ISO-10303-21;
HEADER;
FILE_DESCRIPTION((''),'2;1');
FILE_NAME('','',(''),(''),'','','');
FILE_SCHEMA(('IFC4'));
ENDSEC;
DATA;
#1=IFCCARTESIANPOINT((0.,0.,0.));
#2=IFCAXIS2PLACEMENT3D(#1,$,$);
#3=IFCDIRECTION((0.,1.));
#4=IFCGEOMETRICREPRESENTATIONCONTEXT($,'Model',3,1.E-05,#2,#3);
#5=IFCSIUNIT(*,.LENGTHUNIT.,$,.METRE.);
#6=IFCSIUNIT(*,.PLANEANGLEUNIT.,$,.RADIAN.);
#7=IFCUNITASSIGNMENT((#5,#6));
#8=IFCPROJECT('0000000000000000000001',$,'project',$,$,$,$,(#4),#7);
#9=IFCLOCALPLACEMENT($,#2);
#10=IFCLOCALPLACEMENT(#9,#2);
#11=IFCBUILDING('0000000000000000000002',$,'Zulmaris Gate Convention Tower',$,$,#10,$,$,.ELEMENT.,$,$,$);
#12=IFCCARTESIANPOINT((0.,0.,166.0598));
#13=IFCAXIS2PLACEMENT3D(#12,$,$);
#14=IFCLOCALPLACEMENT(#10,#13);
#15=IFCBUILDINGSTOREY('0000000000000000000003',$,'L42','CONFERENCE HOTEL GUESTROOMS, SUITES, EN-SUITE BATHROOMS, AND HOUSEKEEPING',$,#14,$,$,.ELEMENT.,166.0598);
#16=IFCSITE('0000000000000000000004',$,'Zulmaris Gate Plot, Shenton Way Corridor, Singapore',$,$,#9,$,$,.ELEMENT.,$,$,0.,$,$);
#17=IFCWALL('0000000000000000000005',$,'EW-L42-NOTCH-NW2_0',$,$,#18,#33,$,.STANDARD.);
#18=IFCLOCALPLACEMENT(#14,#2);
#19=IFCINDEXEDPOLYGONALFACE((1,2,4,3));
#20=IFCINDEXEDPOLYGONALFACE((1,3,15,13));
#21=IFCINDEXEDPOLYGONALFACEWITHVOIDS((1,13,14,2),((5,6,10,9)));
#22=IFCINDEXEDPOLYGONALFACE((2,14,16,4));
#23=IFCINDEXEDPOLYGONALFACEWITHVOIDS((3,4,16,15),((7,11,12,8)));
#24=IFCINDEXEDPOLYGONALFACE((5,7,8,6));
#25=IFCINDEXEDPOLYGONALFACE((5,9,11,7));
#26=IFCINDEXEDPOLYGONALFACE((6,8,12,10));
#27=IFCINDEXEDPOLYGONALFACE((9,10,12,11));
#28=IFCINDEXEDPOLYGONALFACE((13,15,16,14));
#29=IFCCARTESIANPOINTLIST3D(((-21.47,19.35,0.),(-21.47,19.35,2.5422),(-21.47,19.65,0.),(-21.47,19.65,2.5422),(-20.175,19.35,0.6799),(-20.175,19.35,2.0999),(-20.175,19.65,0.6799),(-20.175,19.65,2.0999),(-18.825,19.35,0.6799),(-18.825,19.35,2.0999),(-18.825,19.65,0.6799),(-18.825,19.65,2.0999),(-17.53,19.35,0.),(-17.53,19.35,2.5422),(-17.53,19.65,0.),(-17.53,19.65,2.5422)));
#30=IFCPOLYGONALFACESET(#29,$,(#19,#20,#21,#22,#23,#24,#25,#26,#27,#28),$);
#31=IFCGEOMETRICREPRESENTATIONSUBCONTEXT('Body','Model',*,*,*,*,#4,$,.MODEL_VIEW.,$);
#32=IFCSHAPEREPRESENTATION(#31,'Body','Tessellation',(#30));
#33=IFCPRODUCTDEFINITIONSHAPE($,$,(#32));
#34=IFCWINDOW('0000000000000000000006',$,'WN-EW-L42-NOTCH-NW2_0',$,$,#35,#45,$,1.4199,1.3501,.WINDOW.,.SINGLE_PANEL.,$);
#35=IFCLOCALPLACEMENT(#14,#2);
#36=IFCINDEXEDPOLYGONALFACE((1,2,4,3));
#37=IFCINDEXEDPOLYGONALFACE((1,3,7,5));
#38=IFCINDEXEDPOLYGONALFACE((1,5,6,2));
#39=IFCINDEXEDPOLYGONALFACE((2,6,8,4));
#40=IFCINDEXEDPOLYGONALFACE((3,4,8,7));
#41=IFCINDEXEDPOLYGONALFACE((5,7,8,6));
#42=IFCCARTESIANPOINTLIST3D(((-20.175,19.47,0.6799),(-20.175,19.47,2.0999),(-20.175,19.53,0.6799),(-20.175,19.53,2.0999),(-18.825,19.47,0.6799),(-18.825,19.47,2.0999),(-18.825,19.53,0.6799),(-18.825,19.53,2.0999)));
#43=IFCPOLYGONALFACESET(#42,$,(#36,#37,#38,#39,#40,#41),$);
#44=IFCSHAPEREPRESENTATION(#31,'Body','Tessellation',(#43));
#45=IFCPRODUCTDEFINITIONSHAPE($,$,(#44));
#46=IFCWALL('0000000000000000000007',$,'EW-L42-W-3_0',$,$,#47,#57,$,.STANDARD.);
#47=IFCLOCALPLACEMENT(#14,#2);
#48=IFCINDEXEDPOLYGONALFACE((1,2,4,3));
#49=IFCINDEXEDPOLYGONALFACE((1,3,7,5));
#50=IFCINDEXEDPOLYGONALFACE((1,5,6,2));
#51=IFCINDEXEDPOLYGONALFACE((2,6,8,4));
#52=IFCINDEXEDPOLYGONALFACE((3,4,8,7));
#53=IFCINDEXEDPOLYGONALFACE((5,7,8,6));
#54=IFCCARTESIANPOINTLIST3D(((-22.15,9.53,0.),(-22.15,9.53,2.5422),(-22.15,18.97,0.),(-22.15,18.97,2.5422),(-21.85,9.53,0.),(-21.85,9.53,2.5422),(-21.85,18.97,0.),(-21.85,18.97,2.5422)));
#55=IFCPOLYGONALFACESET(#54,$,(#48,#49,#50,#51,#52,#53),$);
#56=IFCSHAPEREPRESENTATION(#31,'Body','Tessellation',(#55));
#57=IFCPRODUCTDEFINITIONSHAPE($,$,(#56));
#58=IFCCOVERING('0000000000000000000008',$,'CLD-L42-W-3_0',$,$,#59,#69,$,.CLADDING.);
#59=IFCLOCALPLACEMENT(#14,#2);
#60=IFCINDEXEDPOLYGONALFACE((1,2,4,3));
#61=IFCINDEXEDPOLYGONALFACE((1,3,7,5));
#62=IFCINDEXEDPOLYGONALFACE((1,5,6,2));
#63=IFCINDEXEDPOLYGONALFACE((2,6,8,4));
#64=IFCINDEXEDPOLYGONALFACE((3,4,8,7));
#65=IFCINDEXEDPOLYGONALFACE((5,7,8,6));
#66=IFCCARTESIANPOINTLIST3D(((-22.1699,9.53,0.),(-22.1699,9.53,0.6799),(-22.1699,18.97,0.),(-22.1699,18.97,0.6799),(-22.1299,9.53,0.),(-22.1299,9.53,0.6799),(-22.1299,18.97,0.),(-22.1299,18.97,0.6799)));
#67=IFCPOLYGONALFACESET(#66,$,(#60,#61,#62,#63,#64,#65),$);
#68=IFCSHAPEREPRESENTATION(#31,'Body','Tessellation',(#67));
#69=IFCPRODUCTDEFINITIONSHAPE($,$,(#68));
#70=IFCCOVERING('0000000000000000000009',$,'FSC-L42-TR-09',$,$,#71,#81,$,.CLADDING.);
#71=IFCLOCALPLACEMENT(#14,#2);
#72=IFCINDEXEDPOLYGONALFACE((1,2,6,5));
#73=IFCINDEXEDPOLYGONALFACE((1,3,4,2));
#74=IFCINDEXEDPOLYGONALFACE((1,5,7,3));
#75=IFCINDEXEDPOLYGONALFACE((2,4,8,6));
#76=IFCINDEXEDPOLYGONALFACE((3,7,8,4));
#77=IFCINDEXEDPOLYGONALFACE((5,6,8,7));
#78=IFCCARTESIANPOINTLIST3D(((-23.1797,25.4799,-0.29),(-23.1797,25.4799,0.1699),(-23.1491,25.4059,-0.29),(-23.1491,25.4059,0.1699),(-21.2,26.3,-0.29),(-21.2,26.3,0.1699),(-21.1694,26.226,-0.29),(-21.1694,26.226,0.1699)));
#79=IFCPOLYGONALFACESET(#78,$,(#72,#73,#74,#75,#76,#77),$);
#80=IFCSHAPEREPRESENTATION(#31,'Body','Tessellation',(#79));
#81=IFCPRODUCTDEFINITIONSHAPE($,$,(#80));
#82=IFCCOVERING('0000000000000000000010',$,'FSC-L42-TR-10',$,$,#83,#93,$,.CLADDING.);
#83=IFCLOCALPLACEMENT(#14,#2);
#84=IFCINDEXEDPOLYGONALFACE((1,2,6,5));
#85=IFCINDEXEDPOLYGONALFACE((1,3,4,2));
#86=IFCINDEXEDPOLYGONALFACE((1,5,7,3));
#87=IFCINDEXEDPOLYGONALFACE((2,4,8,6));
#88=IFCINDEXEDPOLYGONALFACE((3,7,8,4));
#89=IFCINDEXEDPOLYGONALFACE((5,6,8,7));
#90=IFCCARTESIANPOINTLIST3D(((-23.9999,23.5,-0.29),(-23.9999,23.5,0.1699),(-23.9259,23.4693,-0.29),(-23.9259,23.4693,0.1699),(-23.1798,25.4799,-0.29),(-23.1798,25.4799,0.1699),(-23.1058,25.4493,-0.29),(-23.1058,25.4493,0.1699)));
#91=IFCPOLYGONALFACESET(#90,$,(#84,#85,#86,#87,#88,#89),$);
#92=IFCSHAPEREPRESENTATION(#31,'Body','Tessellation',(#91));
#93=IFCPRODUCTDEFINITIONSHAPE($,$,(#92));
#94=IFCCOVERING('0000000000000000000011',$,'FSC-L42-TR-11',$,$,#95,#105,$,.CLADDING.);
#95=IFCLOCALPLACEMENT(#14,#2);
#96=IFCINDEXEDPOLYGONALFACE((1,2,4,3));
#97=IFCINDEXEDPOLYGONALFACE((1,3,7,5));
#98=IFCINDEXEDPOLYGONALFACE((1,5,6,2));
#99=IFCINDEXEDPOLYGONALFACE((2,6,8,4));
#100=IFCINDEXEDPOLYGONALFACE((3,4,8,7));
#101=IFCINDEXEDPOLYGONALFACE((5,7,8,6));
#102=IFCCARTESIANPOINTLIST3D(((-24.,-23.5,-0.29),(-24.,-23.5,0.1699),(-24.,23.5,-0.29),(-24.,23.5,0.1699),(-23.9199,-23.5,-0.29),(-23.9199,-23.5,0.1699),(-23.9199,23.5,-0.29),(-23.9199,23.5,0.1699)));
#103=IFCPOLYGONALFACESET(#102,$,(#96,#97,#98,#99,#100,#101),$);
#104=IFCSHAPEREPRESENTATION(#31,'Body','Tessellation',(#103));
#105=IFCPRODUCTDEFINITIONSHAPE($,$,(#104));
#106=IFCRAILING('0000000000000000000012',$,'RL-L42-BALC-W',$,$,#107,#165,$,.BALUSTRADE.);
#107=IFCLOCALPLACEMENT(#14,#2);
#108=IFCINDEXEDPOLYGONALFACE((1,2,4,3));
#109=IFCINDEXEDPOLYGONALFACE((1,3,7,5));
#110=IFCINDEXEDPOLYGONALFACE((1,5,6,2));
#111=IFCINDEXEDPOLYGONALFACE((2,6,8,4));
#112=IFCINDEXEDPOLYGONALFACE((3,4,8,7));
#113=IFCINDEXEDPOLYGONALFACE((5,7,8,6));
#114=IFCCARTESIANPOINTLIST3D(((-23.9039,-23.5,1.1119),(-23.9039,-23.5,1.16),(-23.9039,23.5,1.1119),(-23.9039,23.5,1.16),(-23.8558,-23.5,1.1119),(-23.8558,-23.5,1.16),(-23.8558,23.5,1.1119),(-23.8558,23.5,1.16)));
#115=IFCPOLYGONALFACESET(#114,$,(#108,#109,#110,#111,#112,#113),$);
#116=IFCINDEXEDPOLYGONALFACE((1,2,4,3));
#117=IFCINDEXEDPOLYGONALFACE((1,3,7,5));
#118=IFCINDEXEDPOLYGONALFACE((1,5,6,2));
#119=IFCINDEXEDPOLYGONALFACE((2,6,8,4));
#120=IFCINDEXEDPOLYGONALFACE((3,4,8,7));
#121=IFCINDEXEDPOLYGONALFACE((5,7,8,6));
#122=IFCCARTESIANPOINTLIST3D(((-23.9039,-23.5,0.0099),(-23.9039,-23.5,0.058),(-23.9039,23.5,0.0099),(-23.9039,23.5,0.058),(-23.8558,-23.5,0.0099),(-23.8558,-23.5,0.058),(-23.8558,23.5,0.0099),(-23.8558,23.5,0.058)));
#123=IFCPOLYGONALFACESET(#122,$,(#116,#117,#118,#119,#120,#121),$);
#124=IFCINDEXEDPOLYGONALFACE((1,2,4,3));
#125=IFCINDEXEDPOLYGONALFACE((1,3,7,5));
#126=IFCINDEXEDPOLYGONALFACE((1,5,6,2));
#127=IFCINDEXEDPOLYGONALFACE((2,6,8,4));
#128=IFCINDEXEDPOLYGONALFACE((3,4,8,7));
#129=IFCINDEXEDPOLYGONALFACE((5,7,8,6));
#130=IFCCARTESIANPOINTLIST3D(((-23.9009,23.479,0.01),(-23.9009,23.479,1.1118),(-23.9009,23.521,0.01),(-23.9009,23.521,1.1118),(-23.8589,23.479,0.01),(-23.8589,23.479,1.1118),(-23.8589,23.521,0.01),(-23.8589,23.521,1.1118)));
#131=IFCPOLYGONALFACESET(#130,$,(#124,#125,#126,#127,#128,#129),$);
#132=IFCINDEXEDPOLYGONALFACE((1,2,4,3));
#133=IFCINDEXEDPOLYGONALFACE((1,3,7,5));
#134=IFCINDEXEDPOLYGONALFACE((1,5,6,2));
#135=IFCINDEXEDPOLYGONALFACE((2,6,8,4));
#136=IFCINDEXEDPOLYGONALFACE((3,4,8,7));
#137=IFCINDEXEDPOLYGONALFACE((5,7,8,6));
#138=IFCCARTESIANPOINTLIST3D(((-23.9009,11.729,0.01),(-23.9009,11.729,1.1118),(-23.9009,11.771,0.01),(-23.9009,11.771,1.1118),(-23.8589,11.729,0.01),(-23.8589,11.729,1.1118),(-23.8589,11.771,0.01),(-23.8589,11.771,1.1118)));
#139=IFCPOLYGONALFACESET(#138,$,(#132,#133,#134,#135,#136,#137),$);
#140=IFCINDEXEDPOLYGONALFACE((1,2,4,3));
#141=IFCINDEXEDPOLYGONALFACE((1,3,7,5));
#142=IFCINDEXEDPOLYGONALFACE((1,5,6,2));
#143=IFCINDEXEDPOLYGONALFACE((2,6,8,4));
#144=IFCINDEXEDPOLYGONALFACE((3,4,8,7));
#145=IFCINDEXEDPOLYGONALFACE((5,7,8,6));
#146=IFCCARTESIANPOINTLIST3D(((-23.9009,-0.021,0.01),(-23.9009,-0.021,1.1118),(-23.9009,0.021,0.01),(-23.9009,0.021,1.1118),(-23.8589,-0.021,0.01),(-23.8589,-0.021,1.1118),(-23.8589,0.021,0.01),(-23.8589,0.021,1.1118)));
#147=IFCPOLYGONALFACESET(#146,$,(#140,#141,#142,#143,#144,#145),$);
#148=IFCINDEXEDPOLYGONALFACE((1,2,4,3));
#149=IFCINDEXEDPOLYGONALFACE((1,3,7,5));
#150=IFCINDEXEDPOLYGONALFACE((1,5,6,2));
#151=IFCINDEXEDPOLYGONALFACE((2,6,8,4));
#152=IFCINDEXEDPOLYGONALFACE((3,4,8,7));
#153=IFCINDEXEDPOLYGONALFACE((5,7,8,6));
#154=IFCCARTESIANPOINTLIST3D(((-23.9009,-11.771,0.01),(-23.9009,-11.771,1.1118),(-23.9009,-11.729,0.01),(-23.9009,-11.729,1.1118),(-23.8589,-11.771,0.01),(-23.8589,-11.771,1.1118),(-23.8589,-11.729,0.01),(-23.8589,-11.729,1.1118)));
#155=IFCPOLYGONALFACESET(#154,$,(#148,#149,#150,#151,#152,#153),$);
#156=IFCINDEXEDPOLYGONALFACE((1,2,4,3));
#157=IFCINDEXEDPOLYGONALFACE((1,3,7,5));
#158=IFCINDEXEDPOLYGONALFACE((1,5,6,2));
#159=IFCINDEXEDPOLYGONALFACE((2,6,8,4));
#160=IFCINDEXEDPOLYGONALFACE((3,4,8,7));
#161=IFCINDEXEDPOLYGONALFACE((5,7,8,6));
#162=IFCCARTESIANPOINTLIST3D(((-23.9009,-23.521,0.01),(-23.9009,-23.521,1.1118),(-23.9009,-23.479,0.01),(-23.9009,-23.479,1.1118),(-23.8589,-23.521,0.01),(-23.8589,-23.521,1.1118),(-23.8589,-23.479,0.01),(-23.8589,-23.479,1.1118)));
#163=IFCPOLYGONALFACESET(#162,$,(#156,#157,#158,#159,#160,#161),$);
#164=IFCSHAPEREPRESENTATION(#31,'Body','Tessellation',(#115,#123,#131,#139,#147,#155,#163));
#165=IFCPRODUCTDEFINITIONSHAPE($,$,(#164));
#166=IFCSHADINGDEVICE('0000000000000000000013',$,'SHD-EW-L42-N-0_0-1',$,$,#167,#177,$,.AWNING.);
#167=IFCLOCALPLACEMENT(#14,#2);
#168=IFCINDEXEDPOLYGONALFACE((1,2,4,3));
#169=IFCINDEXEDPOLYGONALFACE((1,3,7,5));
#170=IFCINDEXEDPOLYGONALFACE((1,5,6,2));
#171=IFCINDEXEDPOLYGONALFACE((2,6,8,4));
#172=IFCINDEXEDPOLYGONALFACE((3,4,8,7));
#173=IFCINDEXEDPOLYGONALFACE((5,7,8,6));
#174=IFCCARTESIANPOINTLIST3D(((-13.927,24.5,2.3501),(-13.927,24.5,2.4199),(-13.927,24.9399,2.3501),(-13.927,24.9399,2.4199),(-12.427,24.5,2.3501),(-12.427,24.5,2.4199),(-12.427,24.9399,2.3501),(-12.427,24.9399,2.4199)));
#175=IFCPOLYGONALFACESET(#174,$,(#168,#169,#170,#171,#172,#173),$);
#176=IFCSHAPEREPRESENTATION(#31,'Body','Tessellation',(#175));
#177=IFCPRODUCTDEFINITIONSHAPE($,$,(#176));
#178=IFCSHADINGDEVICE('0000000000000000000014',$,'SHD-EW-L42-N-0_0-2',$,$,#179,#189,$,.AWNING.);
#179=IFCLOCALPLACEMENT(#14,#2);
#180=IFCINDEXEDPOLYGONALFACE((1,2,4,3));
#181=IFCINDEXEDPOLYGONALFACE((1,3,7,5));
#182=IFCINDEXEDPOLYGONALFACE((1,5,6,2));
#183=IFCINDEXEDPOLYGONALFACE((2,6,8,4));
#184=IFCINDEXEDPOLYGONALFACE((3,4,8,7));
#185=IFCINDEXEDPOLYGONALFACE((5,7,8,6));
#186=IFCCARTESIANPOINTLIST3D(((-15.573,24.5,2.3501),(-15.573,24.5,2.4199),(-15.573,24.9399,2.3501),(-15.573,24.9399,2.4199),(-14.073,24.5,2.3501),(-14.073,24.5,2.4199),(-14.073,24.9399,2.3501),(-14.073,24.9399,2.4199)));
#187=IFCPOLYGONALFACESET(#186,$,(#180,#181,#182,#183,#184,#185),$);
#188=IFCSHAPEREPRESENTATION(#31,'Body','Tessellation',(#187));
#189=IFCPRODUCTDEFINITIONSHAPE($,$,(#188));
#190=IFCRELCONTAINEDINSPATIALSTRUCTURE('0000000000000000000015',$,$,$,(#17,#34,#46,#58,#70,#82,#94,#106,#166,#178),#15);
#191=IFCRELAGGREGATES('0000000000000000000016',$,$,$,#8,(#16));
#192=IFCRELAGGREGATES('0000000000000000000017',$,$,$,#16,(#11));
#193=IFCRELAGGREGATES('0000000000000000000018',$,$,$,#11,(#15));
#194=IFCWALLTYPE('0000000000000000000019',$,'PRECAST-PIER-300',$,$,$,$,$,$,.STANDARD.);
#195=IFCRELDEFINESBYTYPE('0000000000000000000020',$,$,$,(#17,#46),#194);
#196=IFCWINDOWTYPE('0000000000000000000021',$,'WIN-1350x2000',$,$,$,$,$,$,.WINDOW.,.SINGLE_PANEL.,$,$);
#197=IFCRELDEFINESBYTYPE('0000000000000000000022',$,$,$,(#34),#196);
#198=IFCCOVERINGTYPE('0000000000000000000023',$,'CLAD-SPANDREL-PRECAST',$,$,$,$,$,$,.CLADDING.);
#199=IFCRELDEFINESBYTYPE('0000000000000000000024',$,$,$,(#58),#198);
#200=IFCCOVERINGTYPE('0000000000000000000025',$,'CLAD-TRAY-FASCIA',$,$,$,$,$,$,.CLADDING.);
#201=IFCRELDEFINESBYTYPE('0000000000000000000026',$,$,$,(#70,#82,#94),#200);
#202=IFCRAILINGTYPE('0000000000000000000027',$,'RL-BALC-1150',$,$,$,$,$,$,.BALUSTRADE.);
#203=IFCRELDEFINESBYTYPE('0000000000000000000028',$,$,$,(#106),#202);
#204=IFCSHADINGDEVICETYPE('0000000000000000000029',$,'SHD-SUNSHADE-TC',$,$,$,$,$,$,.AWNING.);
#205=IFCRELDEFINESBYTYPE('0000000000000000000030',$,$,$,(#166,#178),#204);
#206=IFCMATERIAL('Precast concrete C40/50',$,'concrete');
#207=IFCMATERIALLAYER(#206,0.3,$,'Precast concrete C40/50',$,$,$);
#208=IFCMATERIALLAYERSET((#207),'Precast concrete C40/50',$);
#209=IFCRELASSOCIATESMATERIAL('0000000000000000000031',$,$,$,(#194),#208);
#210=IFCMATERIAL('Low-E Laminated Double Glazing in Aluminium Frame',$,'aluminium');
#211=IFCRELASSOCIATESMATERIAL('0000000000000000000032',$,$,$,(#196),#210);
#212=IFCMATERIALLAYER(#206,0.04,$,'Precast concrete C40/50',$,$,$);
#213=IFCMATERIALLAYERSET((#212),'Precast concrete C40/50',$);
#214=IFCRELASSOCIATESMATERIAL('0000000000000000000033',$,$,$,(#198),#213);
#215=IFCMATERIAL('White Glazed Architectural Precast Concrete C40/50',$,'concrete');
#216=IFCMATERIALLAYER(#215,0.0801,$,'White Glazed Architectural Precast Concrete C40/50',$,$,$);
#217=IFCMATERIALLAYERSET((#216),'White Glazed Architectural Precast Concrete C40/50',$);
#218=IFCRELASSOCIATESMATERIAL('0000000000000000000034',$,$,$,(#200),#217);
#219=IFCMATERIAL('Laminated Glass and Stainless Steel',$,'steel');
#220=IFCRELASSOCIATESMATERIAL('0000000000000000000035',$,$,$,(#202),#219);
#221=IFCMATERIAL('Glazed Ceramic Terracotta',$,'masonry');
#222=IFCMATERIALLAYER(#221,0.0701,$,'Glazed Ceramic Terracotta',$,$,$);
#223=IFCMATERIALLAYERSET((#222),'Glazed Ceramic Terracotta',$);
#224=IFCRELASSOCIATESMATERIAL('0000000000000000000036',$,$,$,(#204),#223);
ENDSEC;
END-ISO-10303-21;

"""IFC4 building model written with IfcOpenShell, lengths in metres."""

from ifc_helpers import new_model, si_unit, direction, frame, frame_2d, origin, origin_2d, place, context, subcontext, project, spatial, rectangle, extrude, material, layer, layer_set, type_object, element, fill, save


model = new_model("IFC4")

# Units and contexts
model_context = context("Model", 3, precision=1e-05, world=origin(), true_north=direction((0.0, 1.0)))
body_context = subcontext(model_context, "Body", "Model", "MODEL_VIEW")
ifc_project = project(units=[si_unit("LENGTHUNIT", "METRE"), si_unit("PLANEANGLEUNIT", "RADIAN")], contexts=[model_context])

# Site, building, storey
site_placement = place(None, origin())
site = spatial("IfcSite", under=ifc_project, at=site_placement, Name="Zulmaris Gate Plot, Shenton Way Corridor, Singapore", CompositionType="ELEMENT", RefElevation=0.0)
building_placement = place(site_placement, origin())
building = spatial("IfcBuilding", under=site, at=building_placement, Name="Zulmaris Gate Convention Tower", CompositionType="ELEMENT")
storey_placement = place(building_placement, frame((0.0, 0.0, 166.0598)))
storey = spatial("IfcBuildingStorey", under=building, at=storey_placement, Name="L42", Description="CONFERENCE HOTEL GUESTROOMS, SUITES, EN-SUITE BATHROOMS, AND HOUSEKEEPING", CompositionType="ELEMENT", Elevation=166.0598)

# Wall, opening, window
ifc_material_1 = material(Name="Precast concrete C40/50", Category="concrete")
ifc_layer_1 = layer(ifc_material_1, 0.3, Name="Precast concrete C40/50")
ifc_layer_set_1 = layer_set([ifc_layer_1], Name="Precast concrete C40/50")
wall_type_1 = type_object("IfcWallType", Name="PRECAST-PIER-300", PredefinedType="STANDARD", material=ifc_layer_set_1)
ifc_material_2 = material(Name="Low-E Laminated Double Glazing in Aluminium Frame", Category="aluminium")
window_type = type_object("IfcWindowType", Name="WIN-1350x2000", PartitioningType="SINGLE_PANEL", PredefinedType="WINDOW", material=ifc_material_2)
wall_1_placement = place(storey_placement, frame((-17.53, 19.5, 0.0), z_axis=(0.0, 0.0, 1.0), x_axis=(-1.0, 0.0, 0.0)))
wall_1 = element("IfcWall", 1, at=wall_1_placement, inside=storey, type_object=wall_type_1, Name="EW-L42-NOTCH-NW2_0", PredefinedType="STANDARD", context=body_context, shape_type="SweptSolid", body=[
    extrude(rectangle(XDim=3.9399, YDim=0.3, at=frame_2d((1.97, 0.0))), origin(), (0.0, 0.0, 1.0), 2.5422),
])
opening_1_placement = place(wall_1_placement, frame((1.2949, 0.0, 0.6799)))
opening_1 = element("IfcOpeningElement", 2, at=opening_1_placement, cuts=wall_1, PredefinedType="OPENING", context=body_context, shape_type="SweptSolid", body=[
    extrude(rectangle(XDim=1.3501, YDim=1.4199, at=frame_2d((0.675, 0.71))), frame((0.0, 0.1602, 0.0), z_axis=(0.0, -1.0, 0.0), x_axis=(1.0, 0.0, 0.0)), (0.0, 0.0, 1.0), 0.3201),
])
window_1_placement = place(opening_1_placement, origin())
window_1 = element("IfcWindow", 3, at=window_1_placement, inside=storey, type_object=window_type, Name="WN-EW-L42-NOTCH-NW2_0", OverallHeight=1.4199, OverallWidth=1.3501, PartitioningType="SINGLE_PANEL", PredefinedType="WINDOW", context=body_context, shape_type="SweptSolid", body=[
    extrude(rectangle(XDim=1.3501, YDim=1.4199, at=frame_2d((0.675, 0.71))), frame((0.0, 0.03, 0.0), z_axis=(0.0, -1.0, 0.0), x_axis=(1.0, 0.0, 0.0)), (0.0, 0.0, 1.0), 0.0601),
])
fill(opening_1, window_1)

# Wall
wall_2_placement = place(storey_placement, frame((-22.0, 18.97, 0.0), z_axis=(0.0, 0.0, 1.0), x_axis=(0.0, -1.0, 0.0)))
element("IfcWall", 4, at=wall_2_placement, inside=storey, type_object=wall_type_1, Name="EW-L42-W-3_0", PredefinedType="STANDARD", context=body_context, shape_type="SweptSolid", body=[
    extrude(rectangle(XDim=9.4399, YDim=0.3, at=frame_2d((4.72, 0.0))), origin(), (0.0, 0.0, 1.0), 2.5422),
])

# Coverings
ifc_layer_2 = layer(ifc_material_1, 0.04, Name="Precast concrete C40/50")
ifc_layer_set_2 = layer_set([ifc_layer_2], Name="Precast concrete C40/50")
covering_type_1 = type_object("IfcCoveringType", Name="CLAD-SPANDREL-PRECAST", PredefinedType="CLADDING", material=ifc_layer_set_2)
covering_1_placement = place(storey_placement, frame((-22.1499, 18.97, 0.0), z_axis=(0.0, 0.0, 1.0), x_axis=(0.0, -1.0, 0.0)))
element("IfcCovering", 5, at=covering_1_placement, inside=storey, type_object=covering_type_1, Name="CLD-L42-W-3_0", PredefinedType="CLADDING", context=body_context, shape_type="SweptSolid", body=[
    extrude(rectangle(XDim=9.4399, YDim=0.04, at=frame_2d((4.72, 0.0))), origin(), (0.0, 0.0, 1.0), 0.6799),
])
ifc_material_3 = material(Name="White Glazed Architectural Precast Concrete C40/50", Category="concrete")
ifc_layer_3 = layer(ifc_material_3, 0.0801, Name="White Glazed Architectural Precast Concrete C40/50")
ifc_layer_set_3 = layer_set([ifc_layer_3], Name="White Glazed Architectural Precast Concrete C40/50")
covering_type_2 = type_object("IfcCoveringType", Name="CLAD-TRAY-FASCIA", PredefinedType="CLADDING", material=ifc_layer_set_3)
covering_2_placement = place(storey_placement, frame((-21.1848, 26.2629, -0.29), z_axis=(0.0, 0.0, 1.0), x_axis=(-0.923874, -0.382697, 0.0)))
element("IfcCovering", 6, at=covering_2_placement, inside=storey, type_object=covering_type_2, Name="FSC-L42-TR-09", PredefinedType="CLADDING", context=body_context, shape_type="SweptSolid", body=[
    extrude(rectangle(XDim=2.1428, YDim=0.0801, at=frame_2d((1.0713, 0.0))), origin(), (0.0, 0.0, 1.0), 0.46),
])
covering_3_placement = place(storey_placement, frame((-23.1428, 25.4646, -0.29), z_axis=(0.0, 0.0, 1.0), x_axis=(-0.382657, -0.92389, 0.0)))
element("IfcCovering", 7, at=covering_3_placement, inside=storey, type_object=covering_type_2, Name="FSC-L42-TR-10", PredefinedType="CLADDING", context=body_context, shape_type="SweptSolid", body=[
    extrude(rectangle(XDim=2.1431, YDim=0.0801, at=frame_2d((1.0715, 0.0))), origin(), (0.0, 0.0, 1.0), 0.46),
])
covering_4_placement = place(storey_placement, frame((-23.96, 23.5, -0.29), z_axis=(0.0, 0.0, 1.0), x_axis=(0.0, -1.0, 0.0)))
element("IfcCovering", 8, at=covering_4_placement, inside=storey, type_object=covering_type_2, Name="FSC-L42-TR-11", PredefinedType="CLADDING", context=body_context, shape_type="SweptSolid", body=[
    extrude(rectangle(XDim=47.0, YDim=0.0801, at=frame_2d((23.5, 0.0))), origin(), (0.0, 0.0, 1.0), 0.46),
])

# Railing
ifc_material_4 = material(Name="Laminated Glass and Stainless Steel", Category="steel")
railing_type = type_object("IfcRailingType", Name="RL-BALC-1150", PredefinedType="BALUSTRADE", material=ifc_material_4)
railing_placement = place(storey_placement, frame((-23.8799, 23.5, 0.01)))
element("IfcRailing", 9, at=railing_placement, inside=storey, type_object=railing_type, Name="RL-L42-BALC-W", PredefinedType="BALUSTRADE", context=body_context, shape_type="SweptSolid", body=[
    extrude(rectangle(XDim=0.0481, YDim=0.0481, at=origin_2d()), frame((0.0, 0.0, 1.126), z_axis=(0.0, -1.0, 0.0), x_axis=(1.0, 0.0, 0.0)), (0.0, 0.0, 1.0), 47.0),
    extrude(rectangle(XDim=0.0481, YDim=0.0481, at=origin_2d()), frame((0.0, 0.0, 0.0239), z_axis=(0.0, -1.0, 0.0), x_axis=(1.0, 0.0, 0.0)), (0.0, 0.0, 1.0), 47.0),
    extrude(rectangle(XDim=0.042, YDim=0.042, at=origin_2d()), origin(), (0.0, 0.0, 1.0), 1.1018),
    extrude(rectangle(XDim=0.042, YDim=0.042, at=origin_2d()), frame((0.0, -11.75, 0.0)), (0.0, 0.0, 1.0), 1.1018),
    extrude(rectangle(XDim=0.042, YDim=0.042, at=origin_2d()), frame((0.0, -23.5, 0.0)), (0.0, 0.0, 1.0), 1.1018),
    extrude(rectangle(XDim=0.042, YDim=0.042, at=origin_2d()), frame((0.0, -35.25, 0.0)), (0.0, 0.0, 1.0), 1.1018),
    extrude(rectangle(XDim=0.042, YDim=0.042, at=origin_2d()), frame((0.0, -47.0, 0.0)), (0.0, 0.0, 1.0), 1.1018),
])

# Shading devices
ifc_material_5 = material(Name="Glazed Ceramic Terracotta", Category="masonry")
ifc_layer_4 = layer(ifc_material_5, 0.0701, Name="Glazed Ceramic Terracotta")
ifc_layer_set_4 = layer_set([ifc_layer_4], Name="Glazed Ceramic Terracotta")
shading_device_type = type_object("IfcShadingDeviceType", Name="SHD-SUNSHADE-TC", PredefinedType="AWNING", material=ifc_layer_set_4)
for number, where, z_axis, x_axis, name in (
    (10, (-12.427, 24.72, 2.3501), (0.0, 0.0, 1.0), (-1.0, 0.0, 0.0), "SHD-EW-L42-N-0_0-1"),
    (11, (-14.073, 24.72, 2.3501), (0.0, 0.0, 1.0), (-1.0, 0.0, 0.0), "SHD-EW-L42-N-0_0-2"),
):
    element("IfcShadingDevice", number, at=place(storey_placement, frame(where, z_axis=z_axis, x_axis=x_axis)), inside=storey, type_object=shading_device_type, Name=name, PredefinedType="AWNING", context=body_context, shape_type="SweptSolid", body=[
        extrude(rectangle(XDim=1.5, YDim=0.4399, at=frame_2d((0.75, 0.0))), origin(), (0.0, 0.0, 1.0), 0.0698),
    ])

save(model, "model.ifc")
